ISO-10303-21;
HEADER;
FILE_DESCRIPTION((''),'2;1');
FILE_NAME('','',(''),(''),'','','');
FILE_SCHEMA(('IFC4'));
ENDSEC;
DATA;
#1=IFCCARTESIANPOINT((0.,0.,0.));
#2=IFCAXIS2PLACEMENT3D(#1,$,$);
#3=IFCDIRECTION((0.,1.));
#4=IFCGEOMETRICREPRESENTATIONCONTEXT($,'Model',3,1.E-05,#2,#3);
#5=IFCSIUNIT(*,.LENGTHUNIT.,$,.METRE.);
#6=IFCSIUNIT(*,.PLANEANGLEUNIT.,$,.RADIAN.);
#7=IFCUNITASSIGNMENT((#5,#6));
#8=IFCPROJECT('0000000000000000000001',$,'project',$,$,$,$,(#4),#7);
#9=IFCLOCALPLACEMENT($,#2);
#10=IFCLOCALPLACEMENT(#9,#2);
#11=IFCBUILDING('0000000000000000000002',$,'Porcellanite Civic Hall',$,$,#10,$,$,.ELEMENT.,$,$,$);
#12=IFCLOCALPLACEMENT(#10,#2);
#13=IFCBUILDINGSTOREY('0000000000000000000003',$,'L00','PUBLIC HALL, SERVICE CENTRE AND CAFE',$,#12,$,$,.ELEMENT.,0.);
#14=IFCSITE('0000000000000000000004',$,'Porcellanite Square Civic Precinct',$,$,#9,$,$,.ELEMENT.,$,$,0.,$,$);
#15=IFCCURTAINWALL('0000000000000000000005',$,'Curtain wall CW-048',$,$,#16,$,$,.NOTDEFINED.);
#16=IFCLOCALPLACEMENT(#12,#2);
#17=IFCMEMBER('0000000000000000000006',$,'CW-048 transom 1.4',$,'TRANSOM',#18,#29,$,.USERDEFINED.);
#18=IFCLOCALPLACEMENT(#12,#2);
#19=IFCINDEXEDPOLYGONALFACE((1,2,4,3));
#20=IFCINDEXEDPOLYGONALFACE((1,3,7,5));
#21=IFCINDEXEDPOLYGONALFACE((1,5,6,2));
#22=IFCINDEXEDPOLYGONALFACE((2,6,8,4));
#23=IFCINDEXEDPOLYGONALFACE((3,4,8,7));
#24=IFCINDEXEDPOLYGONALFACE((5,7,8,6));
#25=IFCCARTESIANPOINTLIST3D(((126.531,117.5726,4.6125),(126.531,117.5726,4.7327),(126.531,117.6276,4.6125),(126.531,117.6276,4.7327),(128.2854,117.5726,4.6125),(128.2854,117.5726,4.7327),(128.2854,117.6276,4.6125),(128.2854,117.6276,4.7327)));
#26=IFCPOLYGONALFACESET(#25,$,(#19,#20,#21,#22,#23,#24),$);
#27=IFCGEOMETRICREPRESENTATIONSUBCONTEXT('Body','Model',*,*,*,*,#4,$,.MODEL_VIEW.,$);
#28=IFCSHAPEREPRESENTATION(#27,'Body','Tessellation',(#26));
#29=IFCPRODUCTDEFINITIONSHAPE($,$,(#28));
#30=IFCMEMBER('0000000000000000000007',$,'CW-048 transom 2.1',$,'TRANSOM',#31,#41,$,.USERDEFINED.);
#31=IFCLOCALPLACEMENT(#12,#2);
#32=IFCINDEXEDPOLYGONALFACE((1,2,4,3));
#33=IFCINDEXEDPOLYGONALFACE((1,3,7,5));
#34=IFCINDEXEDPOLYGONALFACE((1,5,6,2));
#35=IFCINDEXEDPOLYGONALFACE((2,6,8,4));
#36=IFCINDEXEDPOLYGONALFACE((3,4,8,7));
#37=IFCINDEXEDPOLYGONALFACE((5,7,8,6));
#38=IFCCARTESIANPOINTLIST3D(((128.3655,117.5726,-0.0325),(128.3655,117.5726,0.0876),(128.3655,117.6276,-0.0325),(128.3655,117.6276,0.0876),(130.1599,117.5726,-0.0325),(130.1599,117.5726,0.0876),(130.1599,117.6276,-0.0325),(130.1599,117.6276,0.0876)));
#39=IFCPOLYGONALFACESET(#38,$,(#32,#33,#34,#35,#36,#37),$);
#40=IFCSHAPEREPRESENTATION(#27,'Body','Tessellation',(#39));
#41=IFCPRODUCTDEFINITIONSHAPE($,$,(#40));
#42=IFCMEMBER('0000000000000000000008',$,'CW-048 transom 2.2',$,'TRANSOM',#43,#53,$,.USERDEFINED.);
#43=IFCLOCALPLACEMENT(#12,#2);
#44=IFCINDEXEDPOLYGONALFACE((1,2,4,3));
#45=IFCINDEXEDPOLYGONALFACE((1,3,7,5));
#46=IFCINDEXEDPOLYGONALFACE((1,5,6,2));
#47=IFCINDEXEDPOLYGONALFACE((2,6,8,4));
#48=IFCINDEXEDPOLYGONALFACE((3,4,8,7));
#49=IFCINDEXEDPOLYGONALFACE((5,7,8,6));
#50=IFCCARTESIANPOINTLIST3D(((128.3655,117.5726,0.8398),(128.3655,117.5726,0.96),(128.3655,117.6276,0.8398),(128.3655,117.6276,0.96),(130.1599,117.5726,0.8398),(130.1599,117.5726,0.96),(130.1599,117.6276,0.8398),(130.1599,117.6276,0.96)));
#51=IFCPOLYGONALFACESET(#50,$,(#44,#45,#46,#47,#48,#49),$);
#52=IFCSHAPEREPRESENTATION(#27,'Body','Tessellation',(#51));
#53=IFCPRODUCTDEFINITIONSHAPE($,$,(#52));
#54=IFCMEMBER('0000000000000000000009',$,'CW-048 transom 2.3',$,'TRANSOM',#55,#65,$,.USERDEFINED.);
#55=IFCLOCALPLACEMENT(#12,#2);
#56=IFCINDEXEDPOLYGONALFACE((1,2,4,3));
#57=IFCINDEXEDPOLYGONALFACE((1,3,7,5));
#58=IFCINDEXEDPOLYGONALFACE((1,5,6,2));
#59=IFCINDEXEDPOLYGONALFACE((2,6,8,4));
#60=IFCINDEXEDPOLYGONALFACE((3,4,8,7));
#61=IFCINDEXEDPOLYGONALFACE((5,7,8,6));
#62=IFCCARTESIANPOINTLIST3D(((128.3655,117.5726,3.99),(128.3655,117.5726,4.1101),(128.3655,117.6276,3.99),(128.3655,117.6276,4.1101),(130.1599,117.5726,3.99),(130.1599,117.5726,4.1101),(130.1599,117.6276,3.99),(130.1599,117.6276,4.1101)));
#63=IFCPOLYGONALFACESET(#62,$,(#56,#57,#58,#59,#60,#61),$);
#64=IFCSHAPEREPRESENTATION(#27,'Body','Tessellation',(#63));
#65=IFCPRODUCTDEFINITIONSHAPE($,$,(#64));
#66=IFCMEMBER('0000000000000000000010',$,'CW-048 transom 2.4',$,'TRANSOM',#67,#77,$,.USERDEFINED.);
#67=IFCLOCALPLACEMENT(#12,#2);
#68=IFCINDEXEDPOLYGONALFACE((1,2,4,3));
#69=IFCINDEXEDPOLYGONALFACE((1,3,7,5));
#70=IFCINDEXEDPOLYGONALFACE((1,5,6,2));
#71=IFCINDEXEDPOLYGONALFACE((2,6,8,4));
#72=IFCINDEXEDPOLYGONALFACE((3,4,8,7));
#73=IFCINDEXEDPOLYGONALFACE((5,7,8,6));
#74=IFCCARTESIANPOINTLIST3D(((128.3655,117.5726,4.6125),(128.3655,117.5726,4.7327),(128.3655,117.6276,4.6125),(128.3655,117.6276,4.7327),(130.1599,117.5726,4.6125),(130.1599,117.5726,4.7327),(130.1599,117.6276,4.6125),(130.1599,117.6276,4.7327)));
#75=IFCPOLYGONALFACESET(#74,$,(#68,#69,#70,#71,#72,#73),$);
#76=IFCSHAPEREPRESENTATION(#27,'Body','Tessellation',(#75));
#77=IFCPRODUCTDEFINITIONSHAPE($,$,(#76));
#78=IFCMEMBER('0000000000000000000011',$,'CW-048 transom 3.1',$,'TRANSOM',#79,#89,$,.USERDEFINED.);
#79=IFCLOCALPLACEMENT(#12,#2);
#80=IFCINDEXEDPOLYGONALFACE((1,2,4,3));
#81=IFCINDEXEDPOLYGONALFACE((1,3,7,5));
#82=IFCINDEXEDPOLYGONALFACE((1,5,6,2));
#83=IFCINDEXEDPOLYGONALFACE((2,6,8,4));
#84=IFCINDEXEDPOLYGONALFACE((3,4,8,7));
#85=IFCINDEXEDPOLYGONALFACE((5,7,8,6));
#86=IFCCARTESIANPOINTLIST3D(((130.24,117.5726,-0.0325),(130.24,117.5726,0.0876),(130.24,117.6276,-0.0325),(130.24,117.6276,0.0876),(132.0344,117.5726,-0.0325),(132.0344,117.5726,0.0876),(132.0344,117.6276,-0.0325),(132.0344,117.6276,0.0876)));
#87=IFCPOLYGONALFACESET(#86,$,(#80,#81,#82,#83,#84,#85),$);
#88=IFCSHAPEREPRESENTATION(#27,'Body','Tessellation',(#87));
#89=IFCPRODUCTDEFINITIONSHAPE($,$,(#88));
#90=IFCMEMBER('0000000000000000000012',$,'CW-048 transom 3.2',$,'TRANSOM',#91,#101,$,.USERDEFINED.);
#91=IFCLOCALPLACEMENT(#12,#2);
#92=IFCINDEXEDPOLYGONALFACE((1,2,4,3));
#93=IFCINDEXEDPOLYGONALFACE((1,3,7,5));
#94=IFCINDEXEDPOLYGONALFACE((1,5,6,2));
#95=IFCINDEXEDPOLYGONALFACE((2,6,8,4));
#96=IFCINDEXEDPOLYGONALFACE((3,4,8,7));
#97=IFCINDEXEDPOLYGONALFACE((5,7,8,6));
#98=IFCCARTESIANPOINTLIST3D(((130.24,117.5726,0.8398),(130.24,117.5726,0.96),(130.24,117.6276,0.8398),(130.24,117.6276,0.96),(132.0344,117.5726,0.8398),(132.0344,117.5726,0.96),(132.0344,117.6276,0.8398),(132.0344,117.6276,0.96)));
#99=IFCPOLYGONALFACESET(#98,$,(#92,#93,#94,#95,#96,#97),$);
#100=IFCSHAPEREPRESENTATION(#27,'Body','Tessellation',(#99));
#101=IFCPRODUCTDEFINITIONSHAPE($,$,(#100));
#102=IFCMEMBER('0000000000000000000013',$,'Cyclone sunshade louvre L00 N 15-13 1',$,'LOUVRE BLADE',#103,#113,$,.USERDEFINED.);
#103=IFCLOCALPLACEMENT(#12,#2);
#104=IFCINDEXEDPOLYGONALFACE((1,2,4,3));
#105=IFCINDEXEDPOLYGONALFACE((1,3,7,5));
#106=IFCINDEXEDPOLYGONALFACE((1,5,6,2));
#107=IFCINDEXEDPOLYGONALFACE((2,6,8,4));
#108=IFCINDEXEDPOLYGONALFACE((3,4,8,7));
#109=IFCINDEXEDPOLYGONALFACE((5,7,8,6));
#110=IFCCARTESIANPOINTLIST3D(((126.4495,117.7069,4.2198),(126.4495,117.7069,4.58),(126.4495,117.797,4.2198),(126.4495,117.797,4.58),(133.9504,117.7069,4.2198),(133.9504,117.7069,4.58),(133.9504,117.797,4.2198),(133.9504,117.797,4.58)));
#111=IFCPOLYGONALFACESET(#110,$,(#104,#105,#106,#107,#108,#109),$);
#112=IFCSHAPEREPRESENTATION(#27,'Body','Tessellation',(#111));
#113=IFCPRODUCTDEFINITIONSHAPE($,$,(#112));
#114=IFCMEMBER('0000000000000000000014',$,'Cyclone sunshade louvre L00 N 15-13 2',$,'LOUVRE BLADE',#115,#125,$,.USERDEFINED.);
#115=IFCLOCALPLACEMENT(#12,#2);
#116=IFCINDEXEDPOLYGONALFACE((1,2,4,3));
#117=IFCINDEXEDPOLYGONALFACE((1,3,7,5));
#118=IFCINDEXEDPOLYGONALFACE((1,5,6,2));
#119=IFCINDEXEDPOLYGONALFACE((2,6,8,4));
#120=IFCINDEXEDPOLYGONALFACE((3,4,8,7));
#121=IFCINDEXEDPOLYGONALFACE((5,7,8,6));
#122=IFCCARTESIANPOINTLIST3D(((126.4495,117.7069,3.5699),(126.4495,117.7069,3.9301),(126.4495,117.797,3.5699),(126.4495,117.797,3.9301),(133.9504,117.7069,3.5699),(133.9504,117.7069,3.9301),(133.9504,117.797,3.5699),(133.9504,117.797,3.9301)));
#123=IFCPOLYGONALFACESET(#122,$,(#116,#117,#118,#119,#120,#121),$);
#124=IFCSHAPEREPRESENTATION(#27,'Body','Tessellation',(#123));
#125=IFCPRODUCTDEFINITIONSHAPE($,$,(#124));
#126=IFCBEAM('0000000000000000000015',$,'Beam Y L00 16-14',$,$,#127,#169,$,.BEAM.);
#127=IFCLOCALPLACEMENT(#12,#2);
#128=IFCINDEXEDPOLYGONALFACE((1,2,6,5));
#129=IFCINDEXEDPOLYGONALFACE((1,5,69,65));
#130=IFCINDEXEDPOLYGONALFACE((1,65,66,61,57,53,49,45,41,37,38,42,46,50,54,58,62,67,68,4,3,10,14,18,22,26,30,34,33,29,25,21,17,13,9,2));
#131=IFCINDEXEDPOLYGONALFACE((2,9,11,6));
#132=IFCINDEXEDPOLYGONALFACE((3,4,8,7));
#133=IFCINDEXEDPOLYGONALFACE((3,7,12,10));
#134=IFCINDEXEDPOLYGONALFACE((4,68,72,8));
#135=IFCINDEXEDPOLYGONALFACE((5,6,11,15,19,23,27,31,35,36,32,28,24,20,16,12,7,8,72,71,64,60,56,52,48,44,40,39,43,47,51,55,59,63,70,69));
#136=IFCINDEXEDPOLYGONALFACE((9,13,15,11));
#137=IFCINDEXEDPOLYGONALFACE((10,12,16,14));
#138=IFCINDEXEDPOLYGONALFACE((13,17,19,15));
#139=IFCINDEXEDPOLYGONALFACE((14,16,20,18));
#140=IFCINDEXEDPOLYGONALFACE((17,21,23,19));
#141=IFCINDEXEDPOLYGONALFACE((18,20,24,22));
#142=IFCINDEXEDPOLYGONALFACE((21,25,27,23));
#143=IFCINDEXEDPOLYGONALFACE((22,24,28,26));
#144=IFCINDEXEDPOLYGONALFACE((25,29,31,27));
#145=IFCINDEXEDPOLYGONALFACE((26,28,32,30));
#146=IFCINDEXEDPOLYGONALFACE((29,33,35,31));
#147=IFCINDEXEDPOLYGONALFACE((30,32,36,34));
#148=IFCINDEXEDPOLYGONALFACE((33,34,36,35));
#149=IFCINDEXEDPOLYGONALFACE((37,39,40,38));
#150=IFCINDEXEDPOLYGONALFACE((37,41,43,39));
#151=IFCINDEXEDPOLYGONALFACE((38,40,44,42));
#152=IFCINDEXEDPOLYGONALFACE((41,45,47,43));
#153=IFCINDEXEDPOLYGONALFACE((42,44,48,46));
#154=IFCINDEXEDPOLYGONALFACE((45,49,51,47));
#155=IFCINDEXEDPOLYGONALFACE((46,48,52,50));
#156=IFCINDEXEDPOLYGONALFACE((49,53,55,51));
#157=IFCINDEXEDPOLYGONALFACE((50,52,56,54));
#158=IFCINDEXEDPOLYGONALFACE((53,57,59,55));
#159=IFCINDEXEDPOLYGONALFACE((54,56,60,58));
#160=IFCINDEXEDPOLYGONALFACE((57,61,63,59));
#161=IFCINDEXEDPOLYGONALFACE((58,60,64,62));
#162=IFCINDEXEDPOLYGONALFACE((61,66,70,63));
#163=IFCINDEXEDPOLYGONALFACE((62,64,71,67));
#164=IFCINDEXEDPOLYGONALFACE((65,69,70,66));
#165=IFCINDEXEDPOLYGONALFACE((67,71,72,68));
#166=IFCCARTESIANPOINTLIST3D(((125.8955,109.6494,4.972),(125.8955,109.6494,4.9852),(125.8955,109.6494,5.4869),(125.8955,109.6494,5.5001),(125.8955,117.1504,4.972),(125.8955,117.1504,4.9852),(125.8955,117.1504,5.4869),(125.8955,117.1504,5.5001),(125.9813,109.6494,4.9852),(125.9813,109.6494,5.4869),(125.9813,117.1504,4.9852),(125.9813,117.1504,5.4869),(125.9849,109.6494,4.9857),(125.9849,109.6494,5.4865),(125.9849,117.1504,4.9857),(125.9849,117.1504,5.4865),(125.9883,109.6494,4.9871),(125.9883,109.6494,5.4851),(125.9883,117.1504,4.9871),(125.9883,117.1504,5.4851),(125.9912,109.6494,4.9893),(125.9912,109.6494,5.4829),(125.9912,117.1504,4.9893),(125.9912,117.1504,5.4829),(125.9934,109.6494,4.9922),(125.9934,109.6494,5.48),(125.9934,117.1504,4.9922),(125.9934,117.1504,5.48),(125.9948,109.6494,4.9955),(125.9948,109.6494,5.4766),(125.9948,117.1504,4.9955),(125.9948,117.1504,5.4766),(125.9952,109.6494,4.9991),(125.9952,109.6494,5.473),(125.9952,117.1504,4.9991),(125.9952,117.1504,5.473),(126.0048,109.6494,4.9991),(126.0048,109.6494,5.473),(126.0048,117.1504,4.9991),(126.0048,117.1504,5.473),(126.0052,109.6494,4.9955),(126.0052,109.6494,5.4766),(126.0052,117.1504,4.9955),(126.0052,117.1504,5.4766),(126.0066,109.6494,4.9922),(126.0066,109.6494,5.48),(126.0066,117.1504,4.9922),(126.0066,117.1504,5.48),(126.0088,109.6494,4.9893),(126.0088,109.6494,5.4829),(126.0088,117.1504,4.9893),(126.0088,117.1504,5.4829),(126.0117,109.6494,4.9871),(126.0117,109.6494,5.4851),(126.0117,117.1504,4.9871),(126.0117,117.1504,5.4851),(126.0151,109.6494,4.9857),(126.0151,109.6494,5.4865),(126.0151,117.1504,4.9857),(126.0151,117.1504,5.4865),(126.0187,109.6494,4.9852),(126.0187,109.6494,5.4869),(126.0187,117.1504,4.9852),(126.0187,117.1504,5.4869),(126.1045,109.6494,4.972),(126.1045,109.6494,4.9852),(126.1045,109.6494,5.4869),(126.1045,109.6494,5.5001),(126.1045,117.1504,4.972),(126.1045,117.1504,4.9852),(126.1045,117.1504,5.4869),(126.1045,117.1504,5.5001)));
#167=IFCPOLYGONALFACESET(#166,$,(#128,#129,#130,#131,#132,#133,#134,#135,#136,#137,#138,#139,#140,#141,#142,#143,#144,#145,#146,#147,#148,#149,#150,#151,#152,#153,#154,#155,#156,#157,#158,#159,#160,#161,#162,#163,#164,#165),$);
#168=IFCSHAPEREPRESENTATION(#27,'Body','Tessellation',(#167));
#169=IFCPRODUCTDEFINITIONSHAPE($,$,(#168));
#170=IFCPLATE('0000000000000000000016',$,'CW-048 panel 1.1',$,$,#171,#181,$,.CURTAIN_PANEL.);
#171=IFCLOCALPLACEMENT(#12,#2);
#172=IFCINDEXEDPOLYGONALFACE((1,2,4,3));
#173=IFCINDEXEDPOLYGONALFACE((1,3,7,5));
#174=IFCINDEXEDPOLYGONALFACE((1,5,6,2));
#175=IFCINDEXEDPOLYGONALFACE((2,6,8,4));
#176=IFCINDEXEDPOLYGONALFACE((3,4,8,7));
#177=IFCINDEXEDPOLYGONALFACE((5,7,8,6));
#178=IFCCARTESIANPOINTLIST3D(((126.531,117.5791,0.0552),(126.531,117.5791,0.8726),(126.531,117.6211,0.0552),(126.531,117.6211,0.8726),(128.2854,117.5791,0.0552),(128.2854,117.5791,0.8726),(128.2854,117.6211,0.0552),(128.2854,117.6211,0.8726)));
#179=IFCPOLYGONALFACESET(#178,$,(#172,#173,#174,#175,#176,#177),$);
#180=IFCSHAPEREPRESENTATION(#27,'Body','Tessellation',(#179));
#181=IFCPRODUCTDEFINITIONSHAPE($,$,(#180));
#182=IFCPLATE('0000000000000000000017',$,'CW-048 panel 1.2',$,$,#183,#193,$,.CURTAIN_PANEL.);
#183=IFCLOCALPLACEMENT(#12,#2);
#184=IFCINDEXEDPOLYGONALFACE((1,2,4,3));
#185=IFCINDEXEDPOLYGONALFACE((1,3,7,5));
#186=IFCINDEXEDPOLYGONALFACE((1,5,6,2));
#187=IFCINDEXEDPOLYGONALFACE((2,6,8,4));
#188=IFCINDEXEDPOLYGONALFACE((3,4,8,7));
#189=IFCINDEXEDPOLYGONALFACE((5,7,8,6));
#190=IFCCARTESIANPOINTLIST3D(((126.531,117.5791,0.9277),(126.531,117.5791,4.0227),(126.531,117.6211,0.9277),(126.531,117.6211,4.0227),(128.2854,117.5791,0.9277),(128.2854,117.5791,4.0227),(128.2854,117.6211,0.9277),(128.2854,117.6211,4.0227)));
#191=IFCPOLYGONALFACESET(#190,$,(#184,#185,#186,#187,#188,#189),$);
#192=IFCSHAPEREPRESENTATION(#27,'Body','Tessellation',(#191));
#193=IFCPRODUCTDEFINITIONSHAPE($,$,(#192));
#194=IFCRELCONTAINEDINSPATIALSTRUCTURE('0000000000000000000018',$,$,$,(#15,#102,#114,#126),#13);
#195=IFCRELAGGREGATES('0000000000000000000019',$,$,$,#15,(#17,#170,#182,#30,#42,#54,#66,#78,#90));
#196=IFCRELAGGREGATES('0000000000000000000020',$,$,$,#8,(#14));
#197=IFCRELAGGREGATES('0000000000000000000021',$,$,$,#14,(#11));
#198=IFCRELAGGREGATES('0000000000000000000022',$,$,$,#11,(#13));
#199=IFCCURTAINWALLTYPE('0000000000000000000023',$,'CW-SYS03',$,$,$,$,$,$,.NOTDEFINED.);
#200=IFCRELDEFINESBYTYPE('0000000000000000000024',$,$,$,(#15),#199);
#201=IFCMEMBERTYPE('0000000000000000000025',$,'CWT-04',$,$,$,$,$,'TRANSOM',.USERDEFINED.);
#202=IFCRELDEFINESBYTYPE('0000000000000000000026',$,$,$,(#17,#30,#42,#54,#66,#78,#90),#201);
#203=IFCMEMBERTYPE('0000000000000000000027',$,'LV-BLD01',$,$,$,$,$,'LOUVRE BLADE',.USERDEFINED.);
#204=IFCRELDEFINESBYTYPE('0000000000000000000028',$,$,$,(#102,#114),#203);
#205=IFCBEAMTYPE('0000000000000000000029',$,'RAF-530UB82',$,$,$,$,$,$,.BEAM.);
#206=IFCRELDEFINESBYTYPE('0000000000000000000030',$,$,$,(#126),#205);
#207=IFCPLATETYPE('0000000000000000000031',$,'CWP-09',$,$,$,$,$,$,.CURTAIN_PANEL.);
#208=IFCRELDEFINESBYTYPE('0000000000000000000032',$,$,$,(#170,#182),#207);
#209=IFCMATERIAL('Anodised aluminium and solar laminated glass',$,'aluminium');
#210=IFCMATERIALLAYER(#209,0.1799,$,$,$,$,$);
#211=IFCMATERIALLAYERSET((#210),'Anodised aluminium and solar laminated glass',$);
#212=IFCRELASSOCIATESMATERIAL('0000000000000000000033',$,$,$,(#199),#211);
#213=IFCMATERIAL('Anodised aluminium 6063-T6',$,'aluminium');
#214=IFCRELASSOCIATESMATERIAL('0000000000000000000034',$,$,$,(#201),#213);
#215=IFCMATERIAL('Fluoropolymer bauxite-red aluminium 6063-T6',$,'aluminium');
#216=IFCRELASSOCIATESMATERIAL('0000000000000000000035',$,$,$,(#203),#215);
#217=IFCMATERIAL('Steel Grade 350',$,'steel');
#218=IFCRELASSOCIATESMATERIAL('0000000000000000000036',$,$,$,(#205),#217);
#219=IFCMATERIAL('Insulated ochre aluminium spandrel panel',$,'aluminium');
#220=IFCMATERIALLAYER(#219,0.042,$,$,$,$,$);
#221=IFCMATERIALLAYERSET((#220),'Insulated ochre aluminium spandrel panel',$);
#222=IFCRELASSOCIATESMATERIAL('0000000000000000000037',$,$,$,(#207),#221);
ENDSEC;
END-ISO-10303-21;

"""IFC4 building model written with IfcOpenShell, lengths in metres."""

from ifc_helpers import new_model, si_unit, direction, frame, origin, origin_2d, place, context, subcontext, project, spatial, rectangle, i_section, extrude, material, layer, layer_set, material_profile, profile_set, type_object, element, aggregate, save


model = new_model("IFC4")

# Units and contexts
model_context = context("Model", 3, precision=1e-05, world=origin(), true_north=direction((0.0, 1.0)))
body_context = subcontext(model_context, "Body", "Model", "MODEL_VIEW")
ifc_project = project(units=[si_unit("LENGTHUNIT", "METRE"), si_unit("PLANEANGLEUNIT", "RADIAN")], contexts=[model_context])

# Site, building, storey
site_placement = place(None, origin())
site = spatial("IfcSite", under=ifc_project, at=site_placement, Name="Porcellanite Square Civic Precinct", CompositionType="ELEMENT", RefElevation=0.0)
building_placement = place(site_placement, origin())
building = spatial("IfcBuilding", under=site, at=building_placement, Name="Porcellanite Civic Hall", CompositionType="ELEMENT")
storey_placement = place(building_placement, origin())
storey = spatial("IfcBuildingStorey", under=building, at=storey_placement, Name="L00", Description="PUBLIC HALL, SERVICE CENTRE AND CAFE", CompositionType="ELEMENT", Elevation=0.0)

# Curtain wall, members
ifc_material_1 = material(Name="Anodised aluminium and solar laminated glass", Category="aluminium")
ifc_layer_1 = layer(ifc_material_1, 0.1799)
ifc_layer_set_1 = layer_set([ifc_layer_1], Name="Anodised aluminium and solar laminated glass")
curtain_wall_type = type_object("IfcCurtainWallType", Name="CW-SYS03", PredefinedType="NOTDEFINED", material=ifc_layer_set_1)
curtain_wall_placement = place(storey_placement, origin())
curtain_wall = element("IfcCurtainWall", 1, at=curtain_wall_placement, inside=storey, type_object=curtain_wall_type, Name="Curtain wall CW-048", PredefinedType="NOTDEFINED")
ifc_material_2 = material(Name="Anodised aluminium 6063-T6", Category="aluminium")
ifc_material_profile_1 = material_profile(ifc_material_2, rectangle(XDim=0.0549, YDim=0.1201, at=origin_2d()), Name="AL-55x120")
ifc_profile_set_1 = profile_set([ifc_material_profile_1], Name="Anodised aluminium 6063-T6")
member_type_1 = type_object("IfcMemberType", Name="CWT-04", ElementType="TRANSOM", PredefinedType="USERDEFINED", material=ifc_profile_set_1)
member_1_placement = place(storey_placement, frame((126.531, 117.6001, 4.6726), z_axis=(1.0, 0.0, 0.0), x_axis=(0.0, 1.0, 0.0)))
member_1 = element("IfcMember", 2, at=member_1_placement, type_object=member_type_1, Name="CW-048 transom 1.4", ObjectType="TRANSOM", PredefinedType="USERDEFINED", context=body_context, shape_type="SweptSolid", body=[
    extrude(rectangle(XDim=0.0549, YDim=0.1201, at=origin_2d()), origin(), (0.0, 0.0, 1.0), 1.7544),
])
member_2_placement = place(storey_placement, frame((128.3655, 117.6001, 0.0276), z_axis=(1.0, 0.0, 0.0), x_axis=(0.0, 1.0, 0.0)))
member_2 = element("IfcMember", 3, at=member_2_placement, type_object=member_type_1, Name="CW-048 transom 2.1", ObjectType="TRANSOM", PredefinedType="USERDEFINED", context=body_context, shape_type="SweptSolid", body=[
    extrude(rectangle(XDim=0.0549, YDim=0.1201, at=origin_2d()), origin(), (0.0, 0.0, 1.0), 1.7944),
])
member_3_placement = place(storey_placement, frame((128.3655, 117.6001, 0.8999), z_axis=(1.0, 0.0, 0.0), x_axis=(0.0, 1.0, 0.0)))
member_3 = element("IfcMember", 4, at=member_3_placement, type_object=member_type_1, Name="CW-048 transom 2.2", ObjectType="TRANSOM", PredefinedType="USERDEFINED", context=body_context, shape_type="SweptSolid", body=[
    extrude(rectangle(XDim=0.0549, YDim=0.1201, at=origin_2d()), origin(), (0.0, 0.0, 1.0), 1.7944),
])
member_4_placement = place(storey_placement, frame((128.3655, 117.6001, 4.05), z_axis=(1.0, 0.0, 0.0), x_axis=(0.0, 1.0, 0.0)))
member_4 = element("IfcMember", 5, at=member_4_placement, type_object=member_type_1, Name="CW-048 transom 2.3", ObjectType="TRANSOM", PredefinedType="USERDEFINED", context=body_context, shape_type="SweptSolid", body=[
    extrude(rectangle(XDim=0.0549, YDim=0.1201, at=origin_2d()), origin(), (0.0, 0.0, 1.0), 1.7944),
])
member_5_placement = place(storey_placement, frame((128.3655, 117.6001, 4.6726), z_axis=(1.0, 0.0, 0.0), x_axis=(0.0, 1.0, 0.0)))
member_5 = element("IfcMember", 6, at=member_5_placement, type_object=member_type_1, Name="CW-048 transom 2.4", ObjectType="TRANSOM", PredefinedType="USERDEFINED", context=body_context, shape_type="SweptSolid", body=[
    extrude(rectangle(XDim=0.0549, YDim=0.1201, at=origin_2d()), origin(), (0.0, 0.0, 1.0), 1.7944),
])
member_6_placement = place(storey_placement, frame((130.24, 117.6001, 0.0276), z_axis=(1.0, 0.0, 0.0), x_axis=(0.0, 1.0, 0.0)))
member_6 = element("IfcMember", 7, at=member_6_placement, type_object=member_type_1, Name="CW-048 transom 3.1", ObjectType="TRANSOM", PredefinedType="USERDEFINED", context=body_context, shape_type="SweptSolid", body=[
    extrude(rectangle(XDim=0.0549, YDim=0.1201, at=origin_2d()), origin(), (0.0, 0.0, 1.0), 1.7944),
])
member_7_placement = place(storey_placement, frame((130.24, 117.6001, 0.8999), z_axis=(1.0, 0.0, 0.0), x_axis=(0.0, 1.0, 0.0)))
member_7 = element("IfcMember", 8, at=member_7_placement, type_object=member_type_1, Name="CW-048 transom 3.2", ObjectType="TRANSOM", PredefinedType="USERDEFINED", context=body_context, shape_type="SweptSolid", body=[
    extrude(rectangle(XDim=0.0549, YDim=0.1201, at=origin_2d()), origin(), (0.0, 0.0, 1.0), 1.7944),
])

# Members
ifc_material_3 = material(Name="Fluoropolymer bauxite-red aluminium 6063-T6", Category="aluminium")
ifc_material_profile_2 = material_profile(ifc_material_3, rectangle(XDim=0.0901, YDim=0.3601, at=origin_2d()), Name="AL-90x360")
ifc_profile_set_2 = profile_set([ifc_material_profile_2], Name="Fluoropolymer bauxite-red aluminium 6063-T6")
member_type_2 = type_object("IfcMemberType", Name="LV-BLD01", ElementType="LOUVRE BLADE", PredefinedType="USERDEFINED", material=ifc_profile_set_2)
for number, where, z_axis, x_axis, name in (
    (9, (126.4495, 117.752, 4.3999), (1.0, 0.0, 0.0), (0.0, 1.0, 0.0), "Cyclone sunshade louvre L00 N 15-13 1"),
    (10, (126.4495, 117.752, 3.75), (1.0, 0.0, 0.0), (0.0, 1.0, 0.0), "Cyclone sunshade louvre L00 N 15-13 2"),
):
    element("IfcMember", number, at=place(storey_placement, frame(where, z_axis=z_axis, x_axis=x_axis)), inside=storey, type_object=member_type_2, Name=name, ObjectType="LOUVRE BLADE", PredefinedType="USERDEFINED", context=body_context, shape_type="SweptSolid", body=[
        extrude(rectangle(XDim=0.0901, YDim=0.3601, at=origin_2d()), origin(), (0.0, 0.0, 1.0), 7.501),
    ])

# Beam
ifc_material_4 = material(Name="Steel Grade 350", Category="steel")
ifc_material_profile_3 = material_profile(ifc_material_4, i_section(OverallWidth=0.209, OverallDepth=0.5281, WebThickness=0.0095, FlangeThickness=0.0132, FilletRadius=0.0139, at=origin_2d()), Name="530UB82.0")
ifc_profile_set_3 = profile_set([ifc_material_profile_3], Name="Steel Grade 350")
beam_type_1 = type_object("IfcBeamType", Name="RAF-530UB82", PredefinedType="BEAM", material=ifc_profile_set_3)
beam_1_placement = place(storey_placement, frame((126.0, 109.6494, 5.2361), z_axis=(0.0, 1.0, 0.0), x_axis=(-1.0, 0.0, 0.0)))
element("IfcBeam", 11, at=beam_1_placement, inside=storey, type_object=beam_type_1, Name="Beam Y L00 16-14", PredefinedType="BEAM", context=body_context, shape_type="SweptSolid", body=[
    extrude(i_section(OverallWidth=0.209, OverallDepth=0.5281, WebThickness=0.0095, FlangeThickness=0.0132, FilletRadius=0.0139, at=origin_2d()), origin(), (0.0, 0.0, 1.0), 7.501),
])

# Plates
ifc_material_5 = material(Name="Insulated ochre aluminium spandrel panel", Category="aluminium")
ifc_layer_2 = layer(ifc_material_5, 0.042)
ifc_layer_set_2 = layer_set([ifc_layer_2], Name="Insulated ochre aluminium spandrel panel")
plate_type = type_object("IfcPlateType", Name="CWP-09", PredefinedType="CURTAIN_PANEL", material=ifc_layer_set_2)
plate_1_placement = place(storey_placement, frame((127.4082, 117.6001, 0.0552), z_axis=(0.0, 0.0, 1.0), x_axis=(1.0, 0.0, 0.0)))
plate_1 = element("IfcPlate", 12, at=plate_1_placement, type_object=plate_type, Name="CW-048 panel 1.1", PredefinedType="CURTAIN_PANEL", context=body_context, shape_type="SweptSolid", body=[
    extrude(rectangle(XDim=1.7544, YDim=0.042, at=origin_2d()), origin(), (0.0, 0.0, 1.0), 0.8174),
])
plate_2_placement = place(storey_placement, frame((127.4082, 117.6001, 0.9277), z_axis=(0.0, 0.0, 1.0), x_axis=(1.0, 0.0, 0.0)))
plate_2 = element("IfcPlate", 13, at=plate_2_placement, type_object=plate_type, Name="CW-048 panel 1.2", PredefinedType="CURTAIN_PANEL", context=body_context, shape_type="SweptSolid", body=[
    extrude(rectangle(XDim=1.7544, YDim=0.042, at=origin_2d()), origin(), (0.0, 0.0, 1.0), 3.095),
])
aggregate(curtain_wall, [member_1, plate_1, plate_2, member_2, member_3, member_4, member_5, member_6, member_7])

save(model, "model.ifc")
